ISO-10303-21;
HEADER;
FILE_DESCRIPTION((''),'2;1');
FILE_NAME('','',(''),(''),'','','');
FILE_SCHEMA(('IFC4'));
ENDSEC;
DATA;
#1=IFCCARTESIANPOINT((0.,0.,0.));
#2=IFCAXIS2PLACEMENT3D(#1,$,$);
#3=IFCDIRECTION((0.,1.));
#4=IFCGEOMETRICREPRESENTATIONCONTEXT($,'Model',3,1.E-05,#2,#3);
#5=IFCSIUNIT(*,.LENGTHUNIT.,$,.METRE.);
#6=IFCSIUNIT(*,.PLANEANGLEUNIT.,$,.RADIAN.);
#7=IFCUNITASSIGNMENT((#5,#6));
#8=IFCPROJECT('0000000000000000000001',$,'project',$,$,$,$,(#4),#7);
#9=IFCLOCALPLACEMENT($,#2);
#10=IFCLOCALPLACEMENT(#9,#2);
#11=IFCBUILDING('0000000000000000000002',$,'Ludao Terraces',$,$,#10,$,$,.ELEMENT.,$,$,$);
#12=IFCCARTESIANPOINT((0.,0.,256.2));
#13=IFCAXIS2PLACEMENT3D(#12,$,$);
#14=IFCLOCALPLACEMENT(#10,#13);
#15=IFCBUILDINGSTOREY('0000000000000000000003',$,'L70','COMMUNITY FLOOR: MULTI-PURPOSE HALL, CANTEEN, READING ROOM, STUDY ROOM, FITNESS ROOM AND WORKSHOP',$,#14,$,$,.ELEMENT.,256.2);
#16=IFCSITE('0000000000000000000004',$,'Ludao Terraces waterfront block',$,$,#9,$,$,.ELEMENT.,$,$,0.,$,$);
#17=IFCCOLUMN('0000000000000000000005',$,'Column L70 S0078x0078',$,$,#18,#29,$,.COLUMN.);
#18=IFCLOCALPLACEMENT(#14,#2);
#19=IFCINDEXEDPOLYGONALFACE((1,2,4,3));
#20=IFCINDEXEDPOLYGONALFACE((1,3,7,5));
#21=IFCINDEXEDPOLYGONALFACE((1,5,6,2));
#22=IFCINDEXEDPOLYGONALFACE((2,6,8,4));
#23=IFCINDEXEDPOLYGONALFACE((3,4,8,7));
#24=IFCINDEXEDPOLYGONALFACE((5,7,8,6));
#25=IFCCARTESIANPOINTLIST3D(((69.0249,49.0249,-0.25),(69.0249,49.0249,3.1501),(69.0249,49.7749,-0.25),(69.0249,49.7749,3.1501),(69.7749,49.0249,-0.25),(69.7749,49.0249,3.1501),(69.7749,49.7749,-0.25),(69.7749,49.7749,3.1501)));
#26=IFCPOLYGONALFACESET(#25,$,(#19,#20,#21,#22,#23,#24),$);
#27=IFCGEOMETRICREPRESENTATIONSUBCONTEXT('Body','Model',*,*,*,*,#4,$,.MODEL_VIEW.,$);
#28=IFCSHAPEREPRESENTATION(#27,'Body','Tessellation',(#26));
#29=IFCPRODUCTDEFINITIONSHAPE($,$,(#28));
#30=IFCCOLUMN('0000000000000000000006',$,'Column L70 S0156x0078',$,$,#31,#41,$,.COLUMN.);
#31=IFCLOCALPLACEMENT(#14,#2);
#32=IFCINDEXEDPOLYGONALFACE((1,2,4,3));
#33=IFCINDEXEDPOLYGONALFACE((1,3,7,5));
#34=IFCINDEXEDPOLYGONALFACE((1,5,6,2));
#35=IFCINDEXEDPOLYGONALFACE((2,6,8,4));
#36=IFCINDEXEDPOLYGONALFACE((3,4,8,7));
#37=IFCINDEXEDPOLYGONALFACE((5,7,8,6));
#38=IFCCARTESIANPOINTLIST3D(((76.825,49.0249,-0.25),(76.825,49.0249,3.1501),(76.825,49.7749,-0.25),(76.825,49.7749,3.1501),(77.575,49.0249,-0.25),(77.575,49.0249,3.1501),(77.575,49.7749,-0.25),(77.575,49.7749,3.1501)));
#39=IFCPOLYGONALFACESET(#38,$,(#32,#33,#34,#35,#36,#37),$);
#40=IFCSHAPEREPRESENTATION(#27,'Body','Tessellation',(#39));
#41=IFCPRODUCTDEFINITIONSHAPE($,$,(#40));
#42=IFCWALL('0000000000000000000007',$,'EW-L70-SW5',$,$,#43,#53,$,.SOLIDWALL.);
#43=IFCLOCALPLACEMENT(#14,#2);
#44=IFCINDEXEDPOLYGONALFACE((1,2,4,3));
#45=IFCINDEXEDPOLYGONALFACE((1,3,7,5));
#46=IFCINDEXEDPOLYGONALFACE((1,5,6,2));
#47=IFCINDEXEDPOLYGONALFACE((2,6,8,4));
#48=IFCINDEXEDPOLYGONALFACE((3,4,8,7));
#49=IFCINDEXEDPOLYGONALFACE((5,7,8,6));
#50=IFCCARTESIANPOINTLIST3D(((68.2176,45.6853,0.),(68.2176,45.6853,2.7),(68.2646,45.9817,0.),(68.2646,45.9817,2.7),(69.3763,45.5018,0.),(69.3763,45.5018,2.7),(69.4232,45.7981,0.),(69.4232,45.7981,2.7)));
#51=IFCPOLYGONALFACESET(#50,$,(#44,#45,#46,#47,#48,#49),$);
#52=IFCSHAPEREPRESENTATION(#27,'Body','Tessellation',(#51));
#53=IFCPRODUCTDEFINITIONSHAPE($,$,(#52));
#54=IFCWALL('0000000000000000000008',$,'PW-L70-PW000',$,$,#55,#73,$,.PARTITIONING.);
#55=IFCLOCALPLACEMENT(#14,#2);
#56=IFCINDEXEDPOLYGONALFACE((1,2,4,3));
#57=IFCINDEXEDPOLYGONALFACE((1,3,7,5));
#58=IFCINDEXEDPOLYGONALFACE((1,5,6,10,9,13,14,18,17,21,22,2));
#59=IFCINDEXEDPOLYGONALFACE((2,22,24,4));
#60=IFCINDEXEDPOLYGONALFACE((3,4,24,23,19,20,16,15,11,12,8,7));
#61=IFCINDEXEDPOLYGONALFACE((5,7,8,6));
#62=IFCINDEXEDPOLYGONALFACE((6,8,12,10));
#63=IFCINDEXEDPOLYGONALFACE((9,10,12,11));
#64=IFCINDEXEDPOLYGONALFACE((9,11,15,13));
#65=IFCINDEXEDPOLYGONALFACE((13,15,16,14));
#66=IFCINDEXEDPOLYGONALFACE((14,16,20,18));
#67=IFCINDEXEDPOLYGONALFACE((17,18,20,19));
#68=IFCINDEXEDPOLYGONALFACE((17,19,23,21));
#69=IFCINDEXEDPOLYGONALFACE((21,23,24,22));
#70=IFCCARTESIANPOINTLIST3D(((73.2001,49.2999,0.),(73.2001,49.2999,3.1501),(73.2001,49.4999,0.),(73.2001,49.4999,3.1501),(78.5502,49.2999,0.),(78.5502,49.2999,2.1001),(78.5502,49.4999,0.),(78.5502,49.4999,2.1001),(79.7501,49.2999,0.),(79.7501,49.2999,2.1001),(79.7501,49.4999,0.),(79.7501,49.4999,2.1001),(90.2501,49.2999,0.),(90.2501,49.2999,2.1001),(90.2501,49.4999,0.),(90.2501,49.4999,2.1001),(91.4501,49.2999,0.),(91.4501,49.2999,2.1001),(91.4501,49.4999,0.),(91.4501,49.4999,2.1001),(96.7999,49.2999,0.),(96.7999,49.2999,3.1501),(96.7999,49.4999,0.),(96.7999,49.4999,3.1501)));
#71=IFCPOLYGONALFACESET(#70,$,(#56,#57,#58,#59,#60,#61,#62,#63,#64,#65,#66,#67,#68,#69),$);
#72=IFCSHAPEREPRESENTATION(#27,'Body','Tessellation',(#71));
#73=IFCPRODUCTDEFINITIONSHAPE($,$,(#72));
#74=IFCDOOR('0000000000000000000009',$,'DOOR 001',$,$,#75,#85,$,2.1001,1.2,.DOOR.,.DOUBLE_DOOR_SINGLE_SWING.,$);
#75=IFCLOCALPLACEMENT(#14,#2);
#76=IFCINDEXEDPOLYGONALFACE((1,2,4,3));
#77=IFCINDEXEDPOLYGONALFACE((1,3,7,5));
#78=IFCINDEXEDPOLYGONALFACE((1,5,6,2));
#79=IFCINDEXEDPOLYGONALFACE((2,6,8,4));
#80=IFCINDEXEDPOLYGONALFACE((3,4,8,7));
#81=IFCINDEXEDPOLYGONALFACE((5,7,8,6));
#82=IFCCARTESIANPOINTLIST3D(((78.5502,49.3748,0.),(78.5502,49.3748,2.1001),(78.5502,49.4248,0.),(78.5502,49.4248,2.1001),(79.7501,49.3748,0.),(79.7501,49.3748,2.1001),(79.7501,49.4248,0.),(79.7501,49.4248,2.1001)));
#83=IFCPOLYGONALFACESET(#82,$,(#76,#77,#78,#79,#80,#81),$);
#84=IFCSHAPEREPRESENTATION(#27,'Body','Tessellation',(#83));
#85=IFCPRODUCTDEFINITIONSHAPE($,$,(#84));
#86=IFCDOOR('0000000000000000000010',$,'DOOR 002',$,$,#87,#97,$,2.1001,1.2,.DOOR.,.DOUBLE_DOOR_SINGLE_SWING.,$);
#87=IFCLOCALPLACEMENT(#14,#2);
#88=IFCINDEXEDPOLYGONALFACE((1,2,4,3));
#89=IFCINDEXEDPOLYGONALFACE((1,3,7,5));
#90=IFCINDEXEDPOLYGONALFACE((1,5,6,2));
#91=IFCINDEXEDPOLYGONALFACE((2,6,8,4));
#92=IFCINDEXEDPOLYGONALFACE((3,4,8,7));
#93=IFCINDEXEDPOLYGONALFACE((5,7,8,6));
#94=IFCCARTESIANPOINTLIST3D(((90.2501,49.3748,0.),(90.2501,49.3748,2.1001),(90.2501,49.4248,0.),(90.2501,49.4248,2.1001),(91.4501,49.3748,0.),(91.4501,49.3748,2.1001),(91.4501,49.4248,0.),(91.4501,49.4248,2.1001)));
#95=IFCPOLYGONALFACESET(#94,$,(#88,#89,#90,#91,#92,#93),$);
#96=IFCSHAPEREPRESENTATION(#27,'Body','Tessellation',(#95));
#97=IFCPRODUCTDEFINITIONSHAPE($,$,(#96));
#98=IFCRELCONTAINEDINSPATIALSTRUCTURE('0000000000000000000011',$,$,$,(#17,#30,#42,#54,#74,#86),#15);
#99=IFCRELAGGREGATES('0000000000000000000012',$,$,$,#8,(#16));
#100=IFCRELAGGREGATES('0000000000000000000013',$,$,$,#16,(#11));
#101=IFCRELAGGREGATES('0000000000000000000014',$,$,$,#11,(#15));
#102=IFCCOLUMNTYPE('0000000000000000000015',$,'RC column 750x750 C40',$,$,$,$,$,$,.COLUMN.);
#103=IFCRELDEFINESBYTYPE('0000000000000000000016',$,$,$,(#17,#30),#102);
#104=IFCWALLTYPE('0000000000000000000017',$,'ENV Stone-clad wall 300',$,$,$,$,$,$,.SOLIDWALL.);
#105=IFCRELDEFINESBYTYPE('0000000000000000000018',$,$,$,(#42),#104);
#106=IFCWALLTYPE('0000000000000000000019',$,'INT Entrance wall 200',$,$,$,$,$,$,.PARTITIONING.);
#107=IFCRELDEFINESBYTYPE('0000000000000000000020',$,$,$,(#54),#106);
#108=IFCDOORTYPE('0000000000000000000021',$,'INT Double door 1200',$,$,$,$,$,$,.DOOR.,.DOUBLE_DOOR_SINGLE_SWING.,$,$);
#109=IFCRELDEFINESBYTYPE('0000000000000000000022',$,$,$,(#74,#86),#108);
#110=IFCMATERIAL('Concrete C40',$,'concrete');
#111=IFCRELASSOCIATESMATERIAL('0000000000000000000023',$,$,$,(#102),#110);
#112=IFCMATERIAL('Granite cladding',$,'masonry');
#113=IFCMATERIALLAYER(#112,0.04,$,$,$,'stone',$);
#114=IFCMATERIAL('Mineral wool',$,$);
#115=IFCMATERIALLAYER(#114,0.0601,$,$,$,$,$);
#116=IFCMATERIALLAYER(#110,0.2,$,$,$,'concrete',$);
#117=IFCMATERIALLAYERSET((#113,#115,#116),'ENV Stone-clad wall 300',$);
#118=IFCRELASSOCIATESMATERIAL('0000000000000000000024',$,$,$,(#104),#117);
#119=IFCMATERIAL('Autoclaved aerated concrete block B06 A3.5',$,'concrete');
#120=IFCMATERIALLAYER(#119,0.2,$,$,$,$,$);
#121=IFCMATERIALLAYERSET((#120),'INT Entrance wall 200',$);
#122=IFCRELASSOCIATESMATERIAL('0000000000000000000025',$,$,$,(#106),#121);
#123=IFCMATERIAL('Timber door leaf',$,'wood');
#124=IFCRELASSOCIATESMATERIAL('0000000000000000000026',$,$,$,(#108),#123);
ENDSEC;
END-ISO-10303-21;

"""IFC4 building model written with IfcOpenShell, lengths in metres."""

from ifc_helpers import new_model, si_unit, direction, frame, frame_2d, origin, origin_2d, place, context, subcontext, project, spatial, rectangle, extrude, material, layer, layer_set, material_profile, profile_set, type_object, element, fill, save


model = new_model("IFC4")

# Units and contexts
model_context = context("Model", 3, precision=1e-05, world=origin(), true_north=direction((0.0, 1.0)))
body_context = subcontext(model_context, "Body", "Model", "MODEL_VIEW")
ifc_project = project(units=[si_unit("LENGTHUNIT", "METRE"), si_unit("PLANEANGLEUNIT", "RADIAN")], contexts=[model_context])

# Site, building, storey
site_placement = place(None, origin())
site = spatial("IfcSite", under=ifc_project, at=site_placement, Name="Ludao Terraces waterfront block", CompositionType="ELEMENT", RefElevation=0.0)
building_placement = place(site_placement, origin())
building = spatial("IfcBuilding", under=site, at=building_placement, Name="Ludao Terraces", CompositionType="ELEMENT")
storey_placement = place(building_placement, frame((0.0, 0.0, 256.2)))
storey = spatial("IfcBuildingStorey", under=building, at=storey_placement, Name="L70", Description="COMMUNITY FLOOR: MULTI-PURPOSE HALL, CANTEEN, READING ROOM, STUDY ROOM, FITNESS ROOM AND WORKSHOP", CompositionType="ELEMENT", Elevation=256.2)

# Columns
ifc_material_1 = material(Name="Concrete C40", Category="concrete")
ifc_material_profile = material_profile(ifc_material_1, rectangle(XDim=0.75, YDim=0.75, at=origin_2d()), Name="750 X 750")
ifc_profile_set = profile_set([ifc_material_profile], Name="Concrete C40")
column_type = type_object("IfcColumnType", Name="RC column 750x750 C40", PredefinedType="COLUMN", material=ifc_profile_set)
for number, where, z_axis, x_axis, name in (
    (1, (69.3999, 49.3999, -0.25), (0.0, 0.0, 1.0), (1.0, 0.0, 0.0), "Column L70 S0078x0078"),
    (2, (77.2, 49.3999, -0.25), (0.0, 0.0, 1.0), (1.0, 0.0, 0.0), "Column L70 S0156x0078"),
):
    element("IfcColumn", number, at=place(storey_placement, frame(where, z_axis=z_axis, x_axis=x_axis)), inside=storey, type_object=column_type, Name=name, PredefinedType="COLUMN", context=body_context, shape_type="SweptSolid", body=[
        extrude(rectangle(XDim=0.75, YDim=0.75, at=origin_2d()), origin(), (0.0, 0.0, 1.0), 3.4001),
    ])

# Wall
ifc_material_2 = material(Name="Granite cladding", Category="masonry")
ifc_layer_1 = layer(ifc_material_2, 0.04, Category="stone")
ifc_material_3 = material(Name="Mineral wool")
ifc_layer_2 = layer(ifc_material_3, 0.0601)
ifc_layer_3 = layer(ifc_material_1, 0.2, Category="concrete")
ifc_layer_set_1 = layer_set([ifc_layer_1, ifc_layer_2, ifc_layer_3], Name="ENV Stone-clad wall 300")
wall_type_1 = type_object("IfcWallType", Name="ENV Stone-clad wall 300", PredefinedType="SOLIDWALL", material=ifc_layer_set_1)
wall_1_placement = place(storey_placement, frame((68.2412, 45.8335, 0.0), z_axis=(0.0, 0.0, 1.0), x_axis=(0.987678, -0.156497, 0.0)))
element("IfcWall", 3, at=wall_1_placement, inside=storey, type_object=wall_type_1, Name="EW-L70-SW5", PredefinedType="SOLIDWALL", context=body_context, shape_type="SweptSolid", body=[
    extrude(rectangle(XDim=1.1731, YDim=0.3, at=frame_2d((0.5864, 0.0))), origin(), (0.0, 0.0, 1.0), 2.7),
])

# Wall, openings, doors
ifc_material_4 = material(Name="Autoclaved aerated concrete block B06 A3.5", Category="concrete")
ifc_layer_4 = layer(ifc_material_4, 0.2)
ifc_layer_set_2 = layer_set([ifc_layer_4], Name="INT Entrance wall 200")
wall_type_2 = type_object("IfcWallType", Name="INT Entrance wall 200", PredefinedType="PARTITIONING", material=ifc_layer_set_2)
wall_2_placement = place(storey_placement, frame((73.2002, 49.3999, 0.0), z_axis=(0.0, 0.0, 1.0), x_axis=(1.0, 0.0, 0.0)))
wall_2 = element("IfcWall", 4, at=wall_2_placement, inside=storey, type_object=wall_type_2, Name="PW-L70-PW000", PredefinedType="PARTITIONING", context=body_context, shape_type="SweptSolid", body=[
    extrude(rectangle(XDim=23.5999, YDim=0.2, at=frame_2d((11.7998, 0.0))), origin(), (0.0, 0.0, 1.0), 3.1501),
])
opening_1_placement = place(wall_2_placement, frame((5.3499, 0.0, 0.0)))
opening_1 = element("IfcOpeningElement", 5, at=opening_1_placement, cuts=wall_2, PredefinedType="OPENING", context=body_context, shape_type="SweptSolid", body=[
    extrude(rectangle(XDim=1.2, YDim=2.1001, at=frame_2d((0.6001, 1.05))), frame((0.0, 0.1099, 0.0), z_axis=(0.0, -1.0, 0.0), x_axis=(1.0, 0.0, 0.0)), (0.0, 0.0, 1.0), 0.22),
])
opening_2_placement = place(wall_2_placement, frame((17.0498, 0.0, 0.0)))
opening_2 = element("IfcOpeningElement", 6, at=opening_2_placement, cuts=wall_2, PredefinedType="OPENING", context=body_context, shape_type="SweptSolid", body=[
    extrude(rectangle(XDim=1.2, YDim=2.1001, at=frame_2d((0.6001, 1.05))), frame((0.0, 0.1099, 0.0), z_axis=(0.0, -1.0, 0.0), x_axis=(1.0, 0.0, 0.0)), (0.0, 0.0, 1.0), 0.22),
])
ifc_material_5 = material(Name="Timber door leaf", Category="wood")
door_type_1 = type_object("IfcDoorType", Name="INT Double door 1200", OperationType="DOUBLE_DOOR_SINGLE_SWING", PredefinedType="DOOR", material=ifc_material_5)
door_1_placement = place(opening_1_placement, origin())
door_1 = element("IfcDoor", 7, at=door_1_placement, inside=storey, type_object=door_type_1, Name="DOOR 001", OperationType="DOUBLE_DOOR_SINGLE_SWING", OverallHeight=2.1001, OverallWidth=1.2, PredefinedType="DOOR", context=body_context, shape_type="SweptSolid", body=[
    extrude(rectangle(XDim=1.2, YDim=2.1001, at=frame_2d((0.6001, 1.05))), frame((0.0, 0.0249, 0.0), z_axis=(0.0, -1.0, 0.0), x_axis=(1.0, 0.0, 0.0)), (0.0, 0.0, 1.0), 0.05),
])
fill(opening_1, door_1)
door_2_placement = place(opening_2_placement, origin())
door_2 = element("IfcDoor", 8, at=door_2_placement, inside=storey, type_object=door_type_1, Name="DOOR 002", OperationType="DOUBLE_DOOR_SINGLE_SWING", OverallHeight=2.1001, OverallWidth=1.2, PredefinedType="DOOR", context=body_context, shape_type="SweptSolid", body=[
    extrude(rectangle(XDim=1.2, YDim=2.1001, at=frame_2d((0.6001, 1.05))), frame((0.0, 0.0249, 0.0), z_axis=(0.0, -1.0, 0.0), x_axis=(1.0, 0.0, 0.0)), (0.0, 0.0, 1.0), 0.05),
])
fill(opening_2, door_2)

save(model, "model.ifc")
